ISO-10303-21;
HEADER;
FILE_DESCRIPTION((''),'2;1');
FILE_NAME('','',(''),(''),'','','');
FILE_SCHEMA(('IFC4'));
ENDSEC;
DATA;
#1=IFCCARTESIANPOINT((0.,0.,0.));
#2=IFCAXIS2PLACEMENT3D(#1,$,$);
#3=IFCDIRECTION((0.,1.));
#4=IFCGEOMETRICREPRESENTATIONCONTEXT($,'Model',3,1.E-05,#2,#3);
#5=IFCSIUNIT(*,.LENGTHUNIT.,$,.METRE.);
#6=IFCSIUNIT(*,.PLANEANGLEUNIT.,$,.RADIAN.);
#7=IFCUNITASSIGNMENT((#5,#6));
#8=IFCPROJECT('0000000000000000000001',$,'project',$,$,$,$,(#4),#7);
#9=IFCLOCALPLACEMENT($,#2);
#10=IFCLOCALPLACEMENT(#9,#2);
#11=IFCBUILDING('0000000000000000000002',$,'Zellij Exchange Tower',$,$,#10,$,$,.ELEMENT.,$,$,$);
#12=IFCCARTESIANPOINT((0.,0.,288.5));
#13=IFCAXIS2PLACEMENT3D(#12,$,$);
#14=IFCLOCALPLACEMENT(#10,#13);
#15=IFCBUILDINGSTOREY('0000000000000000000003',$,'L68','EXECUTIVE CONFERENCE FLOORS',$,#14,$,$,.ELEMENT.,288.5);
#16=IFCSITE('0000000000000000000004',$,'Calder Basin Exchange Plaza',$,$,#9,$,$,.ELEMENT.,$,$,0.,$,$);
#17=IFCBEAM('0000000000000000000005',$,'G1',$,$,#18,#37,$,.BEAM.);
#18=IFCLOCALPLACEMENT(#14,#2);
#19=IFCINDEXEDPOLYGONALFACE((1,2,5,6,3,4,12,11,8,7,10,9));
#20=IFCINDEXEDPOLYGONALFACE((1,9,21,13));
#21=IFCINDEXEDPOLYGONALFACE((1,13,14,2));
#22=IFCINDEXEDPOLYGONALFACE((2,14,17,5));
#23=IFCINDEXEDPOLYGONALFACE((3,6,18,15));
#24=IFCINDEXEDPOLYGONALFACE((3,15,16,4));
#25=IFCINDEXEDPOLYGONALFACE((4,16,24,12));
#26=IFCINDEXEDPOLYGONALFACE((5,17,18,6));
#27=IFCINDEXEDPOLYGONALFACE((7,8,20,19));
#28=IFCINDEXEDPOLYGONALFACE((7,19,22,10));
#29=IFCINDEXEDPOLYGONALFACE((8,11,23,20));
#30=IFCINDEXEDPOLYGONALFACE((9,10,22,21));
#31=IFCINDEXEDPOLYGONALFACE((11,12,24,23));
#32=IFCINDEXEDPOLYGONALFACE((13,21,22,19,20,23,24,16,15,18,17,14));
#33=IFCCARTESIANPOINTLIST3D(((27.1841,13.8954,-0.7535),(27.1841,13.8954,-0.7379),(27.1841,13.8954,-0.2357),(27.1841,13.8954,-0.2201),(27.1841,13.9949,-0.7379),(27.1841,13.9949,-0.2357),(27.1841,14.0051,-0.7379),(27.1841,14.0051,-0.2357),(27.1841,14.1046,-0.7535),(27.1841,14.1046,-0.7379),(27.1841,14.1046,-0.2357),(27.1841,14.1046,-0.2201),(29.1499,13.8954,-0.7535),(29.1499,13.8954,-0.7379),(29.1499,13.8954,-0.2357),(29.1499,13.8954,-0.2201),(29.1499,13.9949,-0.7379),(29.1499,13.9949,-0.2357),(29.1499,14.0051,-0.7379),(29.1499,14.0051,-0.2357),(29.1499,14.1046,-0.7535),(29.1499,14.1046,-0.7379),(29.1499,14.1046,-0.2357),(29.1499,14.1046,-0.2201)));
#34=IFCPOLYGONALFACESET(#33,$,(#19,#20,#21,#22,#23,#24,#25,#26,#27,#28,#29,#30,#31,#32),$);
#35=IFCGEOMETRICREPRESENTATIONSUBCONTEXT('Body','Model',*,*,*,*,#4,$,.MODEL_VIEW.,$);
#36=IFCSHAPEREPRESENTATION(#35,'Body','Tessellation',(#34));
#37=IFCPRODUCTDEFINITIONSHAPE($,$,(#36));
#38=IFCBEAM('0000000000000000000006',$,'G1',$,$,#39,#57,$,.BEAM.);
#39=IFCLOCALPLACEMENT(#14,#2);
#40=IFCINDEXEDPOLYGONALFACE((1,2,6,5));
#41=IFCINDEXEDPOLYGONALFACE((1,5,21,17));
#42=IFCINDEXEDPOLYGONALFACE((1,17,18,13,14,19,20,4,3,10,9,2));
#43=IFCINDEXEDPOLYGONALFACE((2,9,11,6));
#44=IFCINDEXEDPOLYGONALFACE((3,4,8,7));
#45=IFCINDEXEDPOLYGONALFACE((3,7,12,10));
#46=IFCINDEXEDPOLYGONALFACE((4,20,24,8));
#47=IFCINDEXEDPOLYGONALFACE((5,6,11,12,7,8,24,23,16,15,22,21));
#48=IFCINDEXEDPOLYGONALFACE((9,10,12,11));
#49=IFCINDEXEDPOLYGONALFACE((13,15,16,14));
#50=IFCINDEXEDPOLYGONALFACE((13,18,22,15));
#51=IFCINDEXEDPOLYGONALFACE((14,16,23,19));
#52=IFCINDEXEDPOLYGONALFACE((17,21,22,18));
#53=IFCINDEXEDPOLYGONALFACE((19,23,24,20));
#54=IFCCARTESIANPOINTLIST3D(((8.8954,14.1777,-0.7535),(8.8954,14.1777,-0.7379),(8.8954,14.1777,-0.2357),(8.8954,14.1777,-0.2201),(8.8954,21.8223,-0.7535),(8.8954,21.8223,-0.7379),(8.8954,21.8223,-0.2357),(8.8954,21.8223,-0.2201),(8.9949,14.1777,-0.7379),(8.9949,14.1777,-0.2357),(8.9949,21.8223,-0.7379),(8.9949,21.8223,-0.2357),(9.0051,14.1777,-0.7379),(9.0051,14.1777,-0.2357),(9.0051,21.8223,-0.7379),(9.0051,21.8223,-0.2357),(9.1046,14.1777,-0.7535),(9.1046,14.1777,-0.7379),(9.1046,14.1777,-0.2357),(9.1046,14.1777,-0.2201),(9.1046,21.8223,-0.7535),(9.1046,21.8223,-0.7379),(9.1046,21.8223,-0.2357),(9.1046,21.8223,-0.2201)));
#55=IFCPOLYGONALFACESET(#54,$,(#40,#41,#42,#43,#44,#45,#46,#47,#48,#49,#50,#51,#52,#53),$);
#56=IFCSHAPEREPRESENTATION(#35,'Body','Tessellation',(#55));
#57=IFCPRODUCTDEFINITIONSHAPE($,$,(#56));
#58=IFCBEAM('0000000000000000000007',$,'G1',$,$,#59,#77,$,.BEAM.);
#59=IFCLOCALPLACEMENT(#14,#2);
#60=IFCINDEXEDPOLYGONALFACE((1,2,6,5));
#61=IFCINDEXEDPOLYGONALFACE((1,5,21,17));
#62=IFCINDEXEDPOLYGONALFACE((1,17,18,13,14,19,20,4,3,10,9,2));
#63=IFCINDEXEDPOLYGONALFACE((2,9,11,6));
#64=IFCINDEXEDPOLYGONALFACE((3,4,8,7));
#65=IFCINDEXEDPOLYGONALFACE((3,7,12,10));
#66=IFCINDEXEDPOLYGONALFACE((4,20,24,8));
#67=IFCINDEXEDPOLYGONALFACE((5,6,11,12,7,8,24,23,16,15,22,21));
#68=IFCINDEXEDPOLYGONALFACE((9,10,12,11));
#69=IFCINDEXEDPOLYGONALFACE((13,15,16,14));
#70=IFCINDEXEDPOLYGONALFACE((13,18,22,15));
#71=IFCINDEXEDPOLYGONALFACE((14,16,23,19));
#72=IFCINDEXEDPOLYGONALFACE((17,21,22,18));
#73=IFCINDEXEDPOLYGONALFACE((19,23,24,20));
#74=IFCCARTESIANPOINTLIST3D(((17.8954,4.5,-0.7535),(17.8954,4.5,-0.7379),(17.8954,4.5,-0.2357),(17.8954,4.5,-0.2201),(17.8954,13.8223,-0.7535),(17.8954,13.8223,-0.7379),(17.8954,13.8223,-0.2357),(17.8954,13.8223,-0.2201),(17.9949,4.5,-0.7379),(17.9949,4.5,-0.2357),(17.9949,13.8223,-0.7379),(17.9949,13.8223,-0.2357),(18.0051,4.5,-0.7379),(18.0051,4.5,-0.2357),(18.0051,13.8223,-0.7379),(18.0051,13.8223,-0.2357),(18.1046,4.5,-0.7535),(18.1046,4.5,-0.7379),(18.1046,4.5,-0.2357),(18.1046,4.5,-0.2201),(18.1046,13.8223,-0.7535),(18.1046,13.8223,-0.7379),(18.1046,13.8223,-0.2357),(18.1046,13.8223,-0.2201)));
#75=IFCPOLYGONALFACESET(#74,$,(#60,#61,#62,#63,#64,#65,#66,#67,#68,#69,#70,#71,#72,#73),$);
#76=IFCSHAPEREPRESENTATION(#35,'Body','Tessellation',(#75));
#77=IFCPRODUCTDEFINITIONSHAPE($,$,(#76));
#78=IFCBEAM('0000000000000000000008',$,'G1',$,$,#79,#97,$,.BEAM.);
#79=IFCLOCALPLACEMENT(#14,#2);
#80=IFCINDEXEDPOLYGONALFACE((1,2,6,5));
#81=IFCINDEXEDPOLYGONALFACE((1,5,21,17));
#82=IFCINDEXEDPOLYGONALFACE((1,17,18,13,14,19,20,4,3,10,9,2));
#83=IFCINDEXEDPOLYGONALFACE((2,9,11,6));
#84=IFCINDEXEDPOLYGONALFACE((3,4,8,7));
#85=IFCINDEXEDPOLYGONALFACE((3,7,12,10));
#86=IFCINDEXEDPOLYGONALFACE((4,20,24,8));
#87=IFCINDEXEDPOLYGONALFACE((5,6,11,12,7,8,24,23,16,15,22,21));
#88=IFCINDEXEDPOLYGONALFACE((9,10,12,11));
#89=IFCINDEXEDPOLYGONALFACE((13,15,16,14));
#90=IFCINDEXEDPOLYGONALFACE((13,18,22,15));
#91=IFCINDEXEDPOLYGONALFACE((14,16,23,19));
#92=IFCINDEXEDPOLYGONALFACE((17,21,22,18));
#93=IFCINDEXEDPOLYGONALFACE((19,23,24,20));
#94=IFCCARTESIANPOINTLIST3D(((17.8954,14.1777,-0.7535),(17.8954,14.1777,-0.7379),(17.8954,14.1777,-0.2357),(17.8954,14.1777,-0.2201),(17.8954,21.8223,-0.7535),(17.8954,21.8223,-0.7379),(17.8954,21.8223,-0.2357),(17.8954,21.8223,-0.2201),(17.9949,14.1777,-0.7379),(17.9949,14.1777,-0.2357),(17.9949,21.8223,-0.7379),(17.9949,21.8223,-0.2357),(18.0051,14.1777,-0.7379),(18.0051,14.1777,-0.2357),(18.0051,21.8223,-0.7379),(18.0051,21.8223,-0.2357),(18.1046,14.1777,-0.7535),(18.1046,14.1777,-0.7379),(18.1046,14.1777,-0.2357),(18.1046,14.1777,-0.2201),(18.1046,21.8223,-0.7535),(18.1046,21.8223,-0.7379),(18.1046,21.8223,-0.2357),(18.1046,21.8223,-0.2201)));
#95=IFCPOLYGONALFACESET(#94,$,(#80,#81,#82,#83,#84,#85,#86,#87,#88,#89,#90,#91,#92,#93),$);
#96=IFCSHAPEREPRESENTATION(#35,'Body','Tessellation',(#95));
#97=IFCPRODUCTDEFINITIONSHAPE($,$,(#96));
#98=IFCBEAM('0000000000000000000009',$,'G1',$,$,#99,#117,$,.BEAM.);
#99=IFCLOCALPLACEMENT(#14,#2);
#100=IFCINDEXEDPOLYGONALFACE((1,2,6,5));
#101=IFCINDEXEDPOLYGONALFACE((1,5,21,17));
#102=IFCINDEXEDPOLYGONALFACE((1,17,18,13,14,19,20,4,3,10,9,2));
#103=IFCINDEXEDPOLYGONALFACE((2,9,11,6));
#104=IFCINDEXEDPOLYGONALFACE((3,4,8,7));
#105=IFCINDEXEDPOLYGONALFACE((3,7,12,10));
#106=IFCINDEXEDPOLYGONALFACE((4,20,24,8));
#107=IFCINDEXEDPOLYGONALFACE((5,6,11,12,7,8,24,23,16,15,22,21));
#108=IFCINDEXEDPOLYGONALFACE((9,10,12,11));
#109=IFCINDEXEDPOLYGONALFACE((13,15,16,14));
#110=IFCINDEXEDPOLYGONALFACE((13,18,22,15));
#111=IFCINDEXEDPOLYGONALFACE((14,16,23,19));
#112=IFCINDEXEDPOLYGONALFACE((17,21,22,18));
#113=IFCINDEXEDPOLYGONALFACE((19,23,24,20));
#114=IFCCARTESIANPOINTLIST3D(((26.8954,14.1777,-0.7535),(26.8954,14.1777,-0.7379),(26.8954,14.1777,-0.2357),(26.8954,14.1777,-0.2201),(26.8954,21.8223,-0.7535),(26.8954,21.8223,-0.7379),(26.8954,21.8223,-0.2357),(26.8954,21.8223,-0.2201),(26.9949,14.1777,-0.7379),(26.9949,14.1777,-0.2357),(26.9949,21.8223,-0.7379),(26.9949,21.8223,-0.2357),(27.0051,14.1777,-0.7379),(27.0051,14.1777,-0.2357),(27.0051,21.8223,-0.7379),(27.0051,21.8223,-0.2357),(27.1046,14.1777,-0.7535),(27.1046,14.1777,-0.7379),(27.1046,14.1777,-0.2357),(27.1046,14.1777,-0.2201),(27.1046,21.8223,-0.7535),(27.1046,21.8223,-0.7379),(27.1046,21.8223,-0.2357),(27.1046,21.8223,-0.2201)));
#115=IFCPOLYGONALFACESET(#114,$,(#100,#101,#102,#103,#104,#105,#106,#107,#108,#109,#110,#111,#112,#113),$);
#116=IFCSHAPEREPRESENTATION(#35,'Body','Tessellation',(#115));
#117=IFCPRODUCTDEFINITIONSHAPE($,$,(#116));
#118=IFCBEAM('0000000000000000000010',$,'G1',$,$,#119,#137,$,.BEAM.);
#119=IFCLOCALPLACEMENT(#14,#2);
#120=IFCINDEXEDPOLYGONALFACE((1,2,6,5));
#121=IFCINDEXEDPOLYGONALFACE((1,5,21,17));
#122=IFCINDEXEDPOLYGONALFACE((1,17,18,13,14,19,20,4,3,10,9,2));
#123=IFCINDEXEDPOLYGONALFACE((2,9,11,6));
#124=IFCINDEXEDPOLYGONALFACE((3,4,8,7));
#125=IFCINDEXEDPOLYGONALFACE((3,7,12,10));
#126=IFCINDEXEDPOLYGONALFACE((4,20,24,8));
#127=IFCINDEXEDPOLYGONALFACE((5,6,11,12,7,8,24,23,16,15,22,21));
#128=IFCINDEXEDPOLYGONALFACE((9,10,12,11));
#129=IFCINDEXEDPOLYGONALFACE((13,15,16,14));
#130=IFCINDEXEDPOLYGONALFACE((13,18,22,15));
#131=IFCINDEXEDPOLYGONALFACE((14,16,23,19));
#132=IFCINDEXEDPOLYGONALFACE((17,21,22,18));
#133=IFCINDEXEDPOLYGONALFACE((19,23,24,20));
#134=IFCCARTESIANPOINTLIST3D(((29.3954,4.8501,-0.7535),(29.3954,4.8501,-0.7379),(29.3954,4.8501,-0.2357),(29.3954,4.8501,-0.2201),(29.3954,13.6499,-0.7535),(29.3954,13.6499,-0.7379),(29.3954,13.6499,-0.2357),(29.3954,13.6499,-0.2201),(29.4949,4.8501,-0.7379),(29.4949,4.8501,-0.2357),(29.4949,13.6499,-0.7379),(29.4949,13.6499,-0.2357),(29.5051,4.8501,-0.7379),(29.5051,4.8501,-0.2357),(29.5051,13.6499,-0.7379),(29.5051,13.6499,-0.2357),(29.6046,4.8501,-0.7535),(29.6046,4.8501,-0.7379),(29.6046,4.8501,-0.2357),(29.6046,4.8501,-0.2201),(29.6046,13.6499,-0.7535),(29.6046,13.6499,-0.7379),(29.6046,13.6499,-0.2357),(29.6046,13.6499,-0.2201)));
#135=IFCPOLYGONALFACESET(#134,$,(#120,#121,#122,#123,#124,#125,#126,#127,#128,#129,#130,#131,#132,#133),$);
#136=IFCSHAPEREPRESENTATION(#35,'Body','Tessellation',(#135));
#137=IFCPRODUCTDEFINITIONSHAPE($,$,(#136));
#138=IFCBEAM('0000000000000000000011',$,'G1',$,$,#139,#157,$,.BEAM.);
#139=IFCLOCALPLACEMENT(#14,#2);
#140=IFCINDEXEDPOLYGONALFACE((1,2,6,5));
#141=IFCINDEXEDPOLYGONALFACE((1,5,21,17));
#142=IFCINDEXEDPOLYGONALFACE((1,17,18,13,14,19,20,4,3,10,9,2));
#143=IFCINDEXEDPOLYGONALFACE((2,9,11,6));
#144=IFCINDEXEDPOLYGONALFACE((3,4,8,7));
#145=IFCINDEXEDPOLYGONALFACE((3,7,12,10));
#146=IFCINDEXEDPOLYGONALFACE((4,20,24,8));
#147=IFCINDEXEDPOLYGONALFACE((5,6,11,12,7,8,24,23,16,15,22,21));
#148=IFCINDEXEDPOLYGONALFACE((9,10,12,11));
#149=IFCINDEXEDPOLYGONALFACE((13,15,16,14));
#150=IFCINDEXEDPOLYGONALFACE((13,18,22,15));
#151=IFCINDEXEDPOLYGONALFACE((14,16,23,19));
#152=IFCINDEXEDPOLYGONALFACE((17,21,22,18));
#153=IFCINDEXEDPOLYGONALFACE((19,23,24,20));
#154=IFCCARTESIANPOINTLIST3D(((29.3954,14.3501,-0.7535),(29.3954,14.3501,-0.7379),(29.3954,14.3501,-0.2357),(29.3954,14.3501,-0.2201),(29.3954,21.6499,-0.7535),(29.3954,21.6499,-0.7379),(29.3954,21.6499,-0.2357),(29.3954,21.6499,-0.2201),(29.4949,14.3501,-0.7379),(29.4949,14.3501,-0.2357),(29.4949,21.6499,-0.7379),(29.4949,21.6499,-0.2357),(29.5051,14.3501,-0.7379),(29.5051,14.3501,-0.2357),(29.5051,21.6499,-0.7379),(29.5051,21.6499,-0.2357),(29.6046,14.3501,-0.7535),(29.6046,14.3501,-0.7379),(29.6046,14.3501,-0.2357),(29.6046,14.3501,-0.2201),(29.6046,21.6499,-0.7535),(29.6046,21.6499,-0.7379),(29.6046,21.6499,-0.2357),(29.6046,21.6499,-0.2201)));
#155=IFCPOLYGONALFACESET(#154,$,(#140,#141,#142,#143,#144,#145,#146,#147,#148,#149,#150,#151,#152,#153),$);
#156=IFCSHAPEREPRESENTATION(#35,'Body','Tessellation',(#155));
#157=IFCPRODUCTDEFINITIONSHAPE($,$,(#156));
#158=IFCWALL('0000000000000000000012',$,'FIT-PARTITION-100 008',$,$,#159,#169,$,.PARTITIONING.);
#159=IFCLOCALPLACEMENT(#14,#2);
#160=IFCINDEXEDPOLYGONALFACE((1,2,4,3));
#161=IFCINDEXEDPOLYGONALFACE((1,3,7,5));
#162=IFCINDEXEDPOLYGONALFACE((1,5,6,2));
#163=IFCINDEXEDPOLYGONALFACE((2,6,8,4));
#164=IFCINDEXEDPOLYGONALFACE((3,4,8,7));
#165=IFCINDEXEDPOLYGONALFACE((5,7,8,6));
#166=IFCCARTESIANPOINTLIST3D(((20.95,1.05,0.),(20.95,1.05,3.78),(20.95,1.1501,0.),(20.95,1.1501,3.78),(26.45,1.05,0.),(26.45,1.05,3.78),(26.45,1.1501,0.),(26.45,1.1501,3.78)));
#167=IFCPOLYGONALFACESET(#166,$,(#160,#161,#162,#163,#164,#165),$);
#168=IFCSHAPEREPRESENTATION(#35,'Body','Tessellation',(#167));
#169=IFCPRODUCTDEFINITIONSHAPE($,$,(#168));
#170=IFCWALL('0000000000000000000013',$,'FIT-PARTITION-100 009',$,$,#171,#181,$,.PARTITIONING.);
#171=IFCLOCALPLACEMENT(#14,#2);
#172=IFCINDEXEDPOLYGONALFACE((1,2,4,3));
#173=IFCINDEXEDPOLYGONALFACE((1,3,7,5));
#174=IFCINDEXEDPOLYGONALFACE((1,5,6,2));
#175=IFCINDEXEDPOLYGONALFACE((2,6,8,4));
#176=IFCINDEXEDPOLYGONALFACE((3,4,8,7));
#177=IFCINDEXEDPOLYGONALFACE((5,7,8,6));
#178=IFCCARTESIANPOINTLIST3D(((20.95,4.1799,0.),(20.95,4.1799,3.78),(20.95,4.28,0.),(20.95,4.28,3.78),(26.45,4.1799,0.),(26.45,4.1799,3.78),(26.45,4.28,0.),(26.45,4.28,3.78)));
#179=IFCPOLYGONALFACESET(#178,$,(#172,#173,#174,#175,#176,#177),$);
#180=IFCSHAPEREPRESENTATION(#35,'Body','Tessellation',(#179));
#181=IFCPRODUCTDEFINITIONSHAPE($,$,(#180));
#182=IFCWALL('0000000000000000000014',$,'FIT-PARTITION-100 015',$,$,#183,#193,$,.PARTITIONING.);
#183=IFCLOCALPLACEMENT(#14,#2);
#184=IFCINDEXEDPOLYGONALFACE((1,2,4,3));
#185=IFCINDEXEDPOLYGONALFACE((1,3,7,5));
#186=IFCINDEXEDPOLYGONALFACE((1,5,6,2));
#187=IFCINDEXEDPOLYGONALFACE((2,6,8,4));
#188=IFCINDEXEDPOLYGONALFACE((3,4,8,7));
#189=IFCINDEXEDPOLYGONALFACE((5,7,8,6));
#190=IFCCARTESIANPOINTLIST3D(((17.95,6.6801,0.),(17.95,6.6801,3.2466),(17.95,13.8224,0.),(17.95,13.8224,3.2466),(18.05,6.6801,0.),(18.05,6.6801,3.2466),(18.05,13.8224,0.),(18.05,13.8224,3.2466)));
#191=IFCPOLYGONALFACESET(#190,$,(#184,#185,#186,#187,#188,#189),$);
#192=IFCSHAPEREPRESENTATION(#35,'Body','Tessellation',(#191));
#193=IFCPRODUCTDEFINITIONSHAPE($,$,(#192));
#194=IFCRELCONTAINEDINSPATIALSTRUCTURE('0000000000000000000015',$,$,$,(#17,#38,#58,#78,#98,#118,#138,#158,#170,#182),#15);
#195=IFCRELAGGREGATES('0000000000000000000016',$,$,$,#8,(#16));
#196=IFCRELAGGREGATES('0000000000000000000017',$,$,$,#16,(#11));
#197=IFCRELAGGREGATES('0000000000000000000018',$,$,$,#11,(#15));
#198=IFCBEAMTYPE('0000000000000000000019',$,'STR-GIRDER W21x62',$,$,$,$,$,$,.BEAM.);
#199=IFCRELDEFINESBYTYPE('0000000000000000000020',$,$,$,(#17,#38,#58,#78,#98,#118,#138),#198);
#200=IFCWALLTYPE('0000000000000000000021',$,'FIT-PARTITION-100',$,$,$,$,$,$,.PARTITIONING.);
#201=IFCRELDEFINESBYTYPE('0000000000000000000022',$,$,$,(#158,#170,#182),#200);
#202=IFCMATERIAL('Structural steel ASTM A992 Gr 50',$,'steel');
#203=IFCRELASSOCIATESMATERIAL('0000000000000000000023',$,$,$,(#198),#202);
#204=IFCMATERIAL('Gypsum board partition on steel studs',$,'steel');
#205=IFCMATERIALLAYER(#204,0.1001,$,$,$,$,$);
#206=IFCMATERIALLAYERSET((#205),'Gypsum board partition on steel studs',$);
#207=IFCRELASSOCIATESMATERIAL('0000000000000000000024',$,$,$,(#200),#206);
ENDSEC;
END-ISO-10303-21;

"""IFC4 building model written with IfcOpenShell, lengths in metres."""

from ifc_helpers import new_model, si_unit, direction, frame, frame_2d, origin, origin_2d, place, context, subcontext, project, spatial, rectangle, i_section, extrude, material, layer, layer_set, material_profile, profile_set, type_object, element, save


model = new_model("IFC4")

# Units and contexts
model_context = context("Model", 3, precision=1e-05, world=origin(), true_north=direction((0.0, 1.0)))
body_context = subcontext(model_context, "Body", "Model", "MODEL_VIEW")
ifc_project = project(units=[si_unit("LENGTHUNIT", "METRE"), si_unit("PLANEANGLEUNIT", "RADIAN")], contexts=[model_context])

# Site, building, storey
site_placement = place(None, origin())
site = spatial("IfcSite", under=ifc_project, at=site_placement, Name="Calder Basin Exchange Plaza", CompositionType="ELEMENT", RefElevation=0.0)
building_placement = place(site_placement, origin())
building = spatial("IfcBuilding", under=site, at=building_placement, Name="Zellij Exchange Tower", CompositionType="ELEMENT")
storey_placement = place(building_placement, frame((0.0, 0.0, 288.5)))
storey = spatial("IfcBuildingStorey", under=building, at=storey_placement, Name="L68", Description="EXECUTIVE CONFERENCE FLOORS", CompositionType="ELEMENT", Elevation=288.5)

# Shared definitions
ifc_material_1 = material(Name="Structural steel ASTM A992 Gr 50", Category="steel")

# Beams
ifc_material_profile_1 = material_profile(ifc_material_1, i_section(OverallWidth=0.2092, OverallDepth=0.5334, WebThickness=0.0103, FlangeThickness=0.0156, at=origin_2d()), Name="W21x62")
ifc_profile_set_1 = profile_set([ifc_material_profile_1], Name="Structural steel ASTM A992 Gr 50")
beam_type = type_object("IfcBeamType", Name="STR-GIRDER W21x62", PredefinedType="BEAM", material=ifc_profile_set_1)
beam_1_placement = place(storey_placement, frame((27.1841, 14.0, -0.4868), z_axis=(1.0, 0.0, 0.0), x_axis=(0.0, 1.0, 0.0)))
element("IfcBeam", 1, at=beam_1_placement, inside=storey, type_object=beam_type, Name="G1", PredefinedType="BEAM", context=body_context, shape_type="SweptSolid", body=[
    extrude(i_section(OverallWidth=0.2092, OverallDepth=0.5334, WebThickness=0.0103, FlangeThickness=0.0156, at=origin_2d()), origin(), (0.0, 0.0, 1.0), 1.9658),
])
beam_2_placement = place(storey_placement, frame((9.0, 14.1777, -0.4868), z_axis=(0.0, 1.0, 0.0), x_axis=(-1.0, 0.0, 0.0)))
element("IfcBeam", 2, at=beam_2_placement, inside=storey, type_object=beam_type, Name="G1", PredefinedType="BEAM", context=body_context, shape_type="SweptSolid", body=[
    extrude(i_section(OverallWidth=0.2092, OverallDepth=0.5334, WebThickness=0.0103, FlangeThickness=0.0156, at=origin_2d()), origin(), (0.0, 0.0, 1.0), 7.6445),
])
beam_3_placement = place(storey_placement, frame((18.0, 4.5, -0.4868), z_axis=(0.0, 1.0, 0.0), x_axis=(-1.0, 0.0, 0.0)))
element("IfcBeam", 3, at=beam_3_placement, inside=storey, type_object=beam_type, Name="G1", PredefinedType="BEAM", context=body_context, shape_type="SweptSolid", body=[
    extrude(i_section(OverallWidth=0.2092, OverallDepth=0.5334, WebThickness=0.0103, FlangeThickness=0.0156, at=origin_2d()), origin(), (0.0, 0.0, 1.0), 9.3223),
])
for number, where, z_axis, x_axis, name in (
    (4, (18.0, 14.1777, -0.4868), (0.0, 1.0, 0.0), (-1.0, 0.0, 0.0), "G1"),
    (5, (27.0, 14.1777, -0.4868), (0.0, 1.0, 0.0), (-1.0, 0.0, 0.0), "G1"),
):
    element("IfcBeam", number, at=place(storey_placement, frame(where, z_axis=z_axis, x_axis=x_axis)), inside=storey, type_object=beam_type, Name=name, PredefinedType="BEAM", context=body_context, shape_type="SweptSolid", body=[
        extrude(i_section(OverallWidth=0.2092, OverallDepth=0.5334, WebThickness=0.0103, FlangeThickness=0.0156, at=origin_2d()), origin(), (0.0, 0.0, 1.0), 7.6445),
    ])
beam_4_placement = place(storey_placement, frame((29.5, 4.8501, -0.4868), z_axis=(0.0, 1.0, 0.0), x_axis=(-1.0, 0.0, 0.0)))
element("IfcBeam", 6, at=beam_4_placement, inside=storey, type_object=beam_type, Name="G1", PredefinedType="BEAM", context=body_context, shape_type="SweptSolid", body=[
    extrude(i_section(OverallWidth=0.2092, OverallDepth=0.5334, WebThickness=0.0103, FlangeThickness=0.0156, at=origin_2d()), origin(), (0.0, 0.0, 1.0), 8.7998),
])
beam_5_placement = place(storey_placement, frame((29.5, 14.3501, -0.4868), z_axis=(0.0, 1.0, 0.0), x_axis=(-1.0, 0.0, 0.0)))
element("IfcBeam", 7, at=beam_5_placement, inside=storey, type_object=beam_type, Name="G1", PredefinedType="BEAM", context=body_context, shape_type="SweptSolid", body=[
    extrude(i_section(OverallWidth=0.2092, OverallDepth=0.5334, WebThickness=0.0103, FlangeThickness=0.0156, at=origin_2d()), origin(), (0.0, 0.0, 1.0), 7.2998),
])

# Walls
ifc_material_2 = material(Name="Gypsum board partition on steel studs", Category="steel")
ifc_layer = layer(ifc_material_2, 0.1001)
ifc_layer_set = layer_set([ifc_layer], Name="Gypsum board partition on steel studs")
wall_type = type_object("IfcWallType", Name="FIT-PARTITION-100", PredefinedType="PARTITIONING", material=ifc_layer_set)
for number, where, z_axis, x_axis, name in (
    (8, (20.95, 1.1001, 0.0), (0.0, 0.0, 1.0), (1.0, 0.0, 0.0), "FIT-PARTITION-100 008"),
    (9, (20.95, 4.23, 0.0), (0.0, 0.0, 1.0), (1.0, 0.0, 0.0), "FIT-PARTITION-100 009"),
):
    element("IfcWall", number, at=place(storey_placement, frame(where, z_axis=z_axis, x_axis=x_axis)), inside=storey, type_object=wall_type, Name=name, PredefinedType="PARTITIONING", context=body_context, shape_type="SweptSolid", body=[
        extrude(rectangle(XDim=5.5, YDim=0.1001, at=frame_2d((2.75, 0.0))), origin(), (0.0, 0.0, 1.0), 3.78),
    ])
wall_1_placement = place(storey_placement, frame((18.0, 6.6799, 0.0), z_axis=(0.0, 0.0, 1.0), x_axis=(0.0, 1.0, 0.0)))
element("IfcWall", 10, at=wall_1_placement, inside=storey, type_object=wall_type, Name="FIT-PARTITION-100 015", PredefinedType="PARTITIONING", context=body_context, shape_type="SweptSolid", body=[
    extrude(rectangle(XDim=7.1423, YDim=0.1001, at=frame_2d((3.5713, 0.0))), origin(), (0.0, 0.0, 1.0), 3.2466),
])

save(model, "model.ifc")
